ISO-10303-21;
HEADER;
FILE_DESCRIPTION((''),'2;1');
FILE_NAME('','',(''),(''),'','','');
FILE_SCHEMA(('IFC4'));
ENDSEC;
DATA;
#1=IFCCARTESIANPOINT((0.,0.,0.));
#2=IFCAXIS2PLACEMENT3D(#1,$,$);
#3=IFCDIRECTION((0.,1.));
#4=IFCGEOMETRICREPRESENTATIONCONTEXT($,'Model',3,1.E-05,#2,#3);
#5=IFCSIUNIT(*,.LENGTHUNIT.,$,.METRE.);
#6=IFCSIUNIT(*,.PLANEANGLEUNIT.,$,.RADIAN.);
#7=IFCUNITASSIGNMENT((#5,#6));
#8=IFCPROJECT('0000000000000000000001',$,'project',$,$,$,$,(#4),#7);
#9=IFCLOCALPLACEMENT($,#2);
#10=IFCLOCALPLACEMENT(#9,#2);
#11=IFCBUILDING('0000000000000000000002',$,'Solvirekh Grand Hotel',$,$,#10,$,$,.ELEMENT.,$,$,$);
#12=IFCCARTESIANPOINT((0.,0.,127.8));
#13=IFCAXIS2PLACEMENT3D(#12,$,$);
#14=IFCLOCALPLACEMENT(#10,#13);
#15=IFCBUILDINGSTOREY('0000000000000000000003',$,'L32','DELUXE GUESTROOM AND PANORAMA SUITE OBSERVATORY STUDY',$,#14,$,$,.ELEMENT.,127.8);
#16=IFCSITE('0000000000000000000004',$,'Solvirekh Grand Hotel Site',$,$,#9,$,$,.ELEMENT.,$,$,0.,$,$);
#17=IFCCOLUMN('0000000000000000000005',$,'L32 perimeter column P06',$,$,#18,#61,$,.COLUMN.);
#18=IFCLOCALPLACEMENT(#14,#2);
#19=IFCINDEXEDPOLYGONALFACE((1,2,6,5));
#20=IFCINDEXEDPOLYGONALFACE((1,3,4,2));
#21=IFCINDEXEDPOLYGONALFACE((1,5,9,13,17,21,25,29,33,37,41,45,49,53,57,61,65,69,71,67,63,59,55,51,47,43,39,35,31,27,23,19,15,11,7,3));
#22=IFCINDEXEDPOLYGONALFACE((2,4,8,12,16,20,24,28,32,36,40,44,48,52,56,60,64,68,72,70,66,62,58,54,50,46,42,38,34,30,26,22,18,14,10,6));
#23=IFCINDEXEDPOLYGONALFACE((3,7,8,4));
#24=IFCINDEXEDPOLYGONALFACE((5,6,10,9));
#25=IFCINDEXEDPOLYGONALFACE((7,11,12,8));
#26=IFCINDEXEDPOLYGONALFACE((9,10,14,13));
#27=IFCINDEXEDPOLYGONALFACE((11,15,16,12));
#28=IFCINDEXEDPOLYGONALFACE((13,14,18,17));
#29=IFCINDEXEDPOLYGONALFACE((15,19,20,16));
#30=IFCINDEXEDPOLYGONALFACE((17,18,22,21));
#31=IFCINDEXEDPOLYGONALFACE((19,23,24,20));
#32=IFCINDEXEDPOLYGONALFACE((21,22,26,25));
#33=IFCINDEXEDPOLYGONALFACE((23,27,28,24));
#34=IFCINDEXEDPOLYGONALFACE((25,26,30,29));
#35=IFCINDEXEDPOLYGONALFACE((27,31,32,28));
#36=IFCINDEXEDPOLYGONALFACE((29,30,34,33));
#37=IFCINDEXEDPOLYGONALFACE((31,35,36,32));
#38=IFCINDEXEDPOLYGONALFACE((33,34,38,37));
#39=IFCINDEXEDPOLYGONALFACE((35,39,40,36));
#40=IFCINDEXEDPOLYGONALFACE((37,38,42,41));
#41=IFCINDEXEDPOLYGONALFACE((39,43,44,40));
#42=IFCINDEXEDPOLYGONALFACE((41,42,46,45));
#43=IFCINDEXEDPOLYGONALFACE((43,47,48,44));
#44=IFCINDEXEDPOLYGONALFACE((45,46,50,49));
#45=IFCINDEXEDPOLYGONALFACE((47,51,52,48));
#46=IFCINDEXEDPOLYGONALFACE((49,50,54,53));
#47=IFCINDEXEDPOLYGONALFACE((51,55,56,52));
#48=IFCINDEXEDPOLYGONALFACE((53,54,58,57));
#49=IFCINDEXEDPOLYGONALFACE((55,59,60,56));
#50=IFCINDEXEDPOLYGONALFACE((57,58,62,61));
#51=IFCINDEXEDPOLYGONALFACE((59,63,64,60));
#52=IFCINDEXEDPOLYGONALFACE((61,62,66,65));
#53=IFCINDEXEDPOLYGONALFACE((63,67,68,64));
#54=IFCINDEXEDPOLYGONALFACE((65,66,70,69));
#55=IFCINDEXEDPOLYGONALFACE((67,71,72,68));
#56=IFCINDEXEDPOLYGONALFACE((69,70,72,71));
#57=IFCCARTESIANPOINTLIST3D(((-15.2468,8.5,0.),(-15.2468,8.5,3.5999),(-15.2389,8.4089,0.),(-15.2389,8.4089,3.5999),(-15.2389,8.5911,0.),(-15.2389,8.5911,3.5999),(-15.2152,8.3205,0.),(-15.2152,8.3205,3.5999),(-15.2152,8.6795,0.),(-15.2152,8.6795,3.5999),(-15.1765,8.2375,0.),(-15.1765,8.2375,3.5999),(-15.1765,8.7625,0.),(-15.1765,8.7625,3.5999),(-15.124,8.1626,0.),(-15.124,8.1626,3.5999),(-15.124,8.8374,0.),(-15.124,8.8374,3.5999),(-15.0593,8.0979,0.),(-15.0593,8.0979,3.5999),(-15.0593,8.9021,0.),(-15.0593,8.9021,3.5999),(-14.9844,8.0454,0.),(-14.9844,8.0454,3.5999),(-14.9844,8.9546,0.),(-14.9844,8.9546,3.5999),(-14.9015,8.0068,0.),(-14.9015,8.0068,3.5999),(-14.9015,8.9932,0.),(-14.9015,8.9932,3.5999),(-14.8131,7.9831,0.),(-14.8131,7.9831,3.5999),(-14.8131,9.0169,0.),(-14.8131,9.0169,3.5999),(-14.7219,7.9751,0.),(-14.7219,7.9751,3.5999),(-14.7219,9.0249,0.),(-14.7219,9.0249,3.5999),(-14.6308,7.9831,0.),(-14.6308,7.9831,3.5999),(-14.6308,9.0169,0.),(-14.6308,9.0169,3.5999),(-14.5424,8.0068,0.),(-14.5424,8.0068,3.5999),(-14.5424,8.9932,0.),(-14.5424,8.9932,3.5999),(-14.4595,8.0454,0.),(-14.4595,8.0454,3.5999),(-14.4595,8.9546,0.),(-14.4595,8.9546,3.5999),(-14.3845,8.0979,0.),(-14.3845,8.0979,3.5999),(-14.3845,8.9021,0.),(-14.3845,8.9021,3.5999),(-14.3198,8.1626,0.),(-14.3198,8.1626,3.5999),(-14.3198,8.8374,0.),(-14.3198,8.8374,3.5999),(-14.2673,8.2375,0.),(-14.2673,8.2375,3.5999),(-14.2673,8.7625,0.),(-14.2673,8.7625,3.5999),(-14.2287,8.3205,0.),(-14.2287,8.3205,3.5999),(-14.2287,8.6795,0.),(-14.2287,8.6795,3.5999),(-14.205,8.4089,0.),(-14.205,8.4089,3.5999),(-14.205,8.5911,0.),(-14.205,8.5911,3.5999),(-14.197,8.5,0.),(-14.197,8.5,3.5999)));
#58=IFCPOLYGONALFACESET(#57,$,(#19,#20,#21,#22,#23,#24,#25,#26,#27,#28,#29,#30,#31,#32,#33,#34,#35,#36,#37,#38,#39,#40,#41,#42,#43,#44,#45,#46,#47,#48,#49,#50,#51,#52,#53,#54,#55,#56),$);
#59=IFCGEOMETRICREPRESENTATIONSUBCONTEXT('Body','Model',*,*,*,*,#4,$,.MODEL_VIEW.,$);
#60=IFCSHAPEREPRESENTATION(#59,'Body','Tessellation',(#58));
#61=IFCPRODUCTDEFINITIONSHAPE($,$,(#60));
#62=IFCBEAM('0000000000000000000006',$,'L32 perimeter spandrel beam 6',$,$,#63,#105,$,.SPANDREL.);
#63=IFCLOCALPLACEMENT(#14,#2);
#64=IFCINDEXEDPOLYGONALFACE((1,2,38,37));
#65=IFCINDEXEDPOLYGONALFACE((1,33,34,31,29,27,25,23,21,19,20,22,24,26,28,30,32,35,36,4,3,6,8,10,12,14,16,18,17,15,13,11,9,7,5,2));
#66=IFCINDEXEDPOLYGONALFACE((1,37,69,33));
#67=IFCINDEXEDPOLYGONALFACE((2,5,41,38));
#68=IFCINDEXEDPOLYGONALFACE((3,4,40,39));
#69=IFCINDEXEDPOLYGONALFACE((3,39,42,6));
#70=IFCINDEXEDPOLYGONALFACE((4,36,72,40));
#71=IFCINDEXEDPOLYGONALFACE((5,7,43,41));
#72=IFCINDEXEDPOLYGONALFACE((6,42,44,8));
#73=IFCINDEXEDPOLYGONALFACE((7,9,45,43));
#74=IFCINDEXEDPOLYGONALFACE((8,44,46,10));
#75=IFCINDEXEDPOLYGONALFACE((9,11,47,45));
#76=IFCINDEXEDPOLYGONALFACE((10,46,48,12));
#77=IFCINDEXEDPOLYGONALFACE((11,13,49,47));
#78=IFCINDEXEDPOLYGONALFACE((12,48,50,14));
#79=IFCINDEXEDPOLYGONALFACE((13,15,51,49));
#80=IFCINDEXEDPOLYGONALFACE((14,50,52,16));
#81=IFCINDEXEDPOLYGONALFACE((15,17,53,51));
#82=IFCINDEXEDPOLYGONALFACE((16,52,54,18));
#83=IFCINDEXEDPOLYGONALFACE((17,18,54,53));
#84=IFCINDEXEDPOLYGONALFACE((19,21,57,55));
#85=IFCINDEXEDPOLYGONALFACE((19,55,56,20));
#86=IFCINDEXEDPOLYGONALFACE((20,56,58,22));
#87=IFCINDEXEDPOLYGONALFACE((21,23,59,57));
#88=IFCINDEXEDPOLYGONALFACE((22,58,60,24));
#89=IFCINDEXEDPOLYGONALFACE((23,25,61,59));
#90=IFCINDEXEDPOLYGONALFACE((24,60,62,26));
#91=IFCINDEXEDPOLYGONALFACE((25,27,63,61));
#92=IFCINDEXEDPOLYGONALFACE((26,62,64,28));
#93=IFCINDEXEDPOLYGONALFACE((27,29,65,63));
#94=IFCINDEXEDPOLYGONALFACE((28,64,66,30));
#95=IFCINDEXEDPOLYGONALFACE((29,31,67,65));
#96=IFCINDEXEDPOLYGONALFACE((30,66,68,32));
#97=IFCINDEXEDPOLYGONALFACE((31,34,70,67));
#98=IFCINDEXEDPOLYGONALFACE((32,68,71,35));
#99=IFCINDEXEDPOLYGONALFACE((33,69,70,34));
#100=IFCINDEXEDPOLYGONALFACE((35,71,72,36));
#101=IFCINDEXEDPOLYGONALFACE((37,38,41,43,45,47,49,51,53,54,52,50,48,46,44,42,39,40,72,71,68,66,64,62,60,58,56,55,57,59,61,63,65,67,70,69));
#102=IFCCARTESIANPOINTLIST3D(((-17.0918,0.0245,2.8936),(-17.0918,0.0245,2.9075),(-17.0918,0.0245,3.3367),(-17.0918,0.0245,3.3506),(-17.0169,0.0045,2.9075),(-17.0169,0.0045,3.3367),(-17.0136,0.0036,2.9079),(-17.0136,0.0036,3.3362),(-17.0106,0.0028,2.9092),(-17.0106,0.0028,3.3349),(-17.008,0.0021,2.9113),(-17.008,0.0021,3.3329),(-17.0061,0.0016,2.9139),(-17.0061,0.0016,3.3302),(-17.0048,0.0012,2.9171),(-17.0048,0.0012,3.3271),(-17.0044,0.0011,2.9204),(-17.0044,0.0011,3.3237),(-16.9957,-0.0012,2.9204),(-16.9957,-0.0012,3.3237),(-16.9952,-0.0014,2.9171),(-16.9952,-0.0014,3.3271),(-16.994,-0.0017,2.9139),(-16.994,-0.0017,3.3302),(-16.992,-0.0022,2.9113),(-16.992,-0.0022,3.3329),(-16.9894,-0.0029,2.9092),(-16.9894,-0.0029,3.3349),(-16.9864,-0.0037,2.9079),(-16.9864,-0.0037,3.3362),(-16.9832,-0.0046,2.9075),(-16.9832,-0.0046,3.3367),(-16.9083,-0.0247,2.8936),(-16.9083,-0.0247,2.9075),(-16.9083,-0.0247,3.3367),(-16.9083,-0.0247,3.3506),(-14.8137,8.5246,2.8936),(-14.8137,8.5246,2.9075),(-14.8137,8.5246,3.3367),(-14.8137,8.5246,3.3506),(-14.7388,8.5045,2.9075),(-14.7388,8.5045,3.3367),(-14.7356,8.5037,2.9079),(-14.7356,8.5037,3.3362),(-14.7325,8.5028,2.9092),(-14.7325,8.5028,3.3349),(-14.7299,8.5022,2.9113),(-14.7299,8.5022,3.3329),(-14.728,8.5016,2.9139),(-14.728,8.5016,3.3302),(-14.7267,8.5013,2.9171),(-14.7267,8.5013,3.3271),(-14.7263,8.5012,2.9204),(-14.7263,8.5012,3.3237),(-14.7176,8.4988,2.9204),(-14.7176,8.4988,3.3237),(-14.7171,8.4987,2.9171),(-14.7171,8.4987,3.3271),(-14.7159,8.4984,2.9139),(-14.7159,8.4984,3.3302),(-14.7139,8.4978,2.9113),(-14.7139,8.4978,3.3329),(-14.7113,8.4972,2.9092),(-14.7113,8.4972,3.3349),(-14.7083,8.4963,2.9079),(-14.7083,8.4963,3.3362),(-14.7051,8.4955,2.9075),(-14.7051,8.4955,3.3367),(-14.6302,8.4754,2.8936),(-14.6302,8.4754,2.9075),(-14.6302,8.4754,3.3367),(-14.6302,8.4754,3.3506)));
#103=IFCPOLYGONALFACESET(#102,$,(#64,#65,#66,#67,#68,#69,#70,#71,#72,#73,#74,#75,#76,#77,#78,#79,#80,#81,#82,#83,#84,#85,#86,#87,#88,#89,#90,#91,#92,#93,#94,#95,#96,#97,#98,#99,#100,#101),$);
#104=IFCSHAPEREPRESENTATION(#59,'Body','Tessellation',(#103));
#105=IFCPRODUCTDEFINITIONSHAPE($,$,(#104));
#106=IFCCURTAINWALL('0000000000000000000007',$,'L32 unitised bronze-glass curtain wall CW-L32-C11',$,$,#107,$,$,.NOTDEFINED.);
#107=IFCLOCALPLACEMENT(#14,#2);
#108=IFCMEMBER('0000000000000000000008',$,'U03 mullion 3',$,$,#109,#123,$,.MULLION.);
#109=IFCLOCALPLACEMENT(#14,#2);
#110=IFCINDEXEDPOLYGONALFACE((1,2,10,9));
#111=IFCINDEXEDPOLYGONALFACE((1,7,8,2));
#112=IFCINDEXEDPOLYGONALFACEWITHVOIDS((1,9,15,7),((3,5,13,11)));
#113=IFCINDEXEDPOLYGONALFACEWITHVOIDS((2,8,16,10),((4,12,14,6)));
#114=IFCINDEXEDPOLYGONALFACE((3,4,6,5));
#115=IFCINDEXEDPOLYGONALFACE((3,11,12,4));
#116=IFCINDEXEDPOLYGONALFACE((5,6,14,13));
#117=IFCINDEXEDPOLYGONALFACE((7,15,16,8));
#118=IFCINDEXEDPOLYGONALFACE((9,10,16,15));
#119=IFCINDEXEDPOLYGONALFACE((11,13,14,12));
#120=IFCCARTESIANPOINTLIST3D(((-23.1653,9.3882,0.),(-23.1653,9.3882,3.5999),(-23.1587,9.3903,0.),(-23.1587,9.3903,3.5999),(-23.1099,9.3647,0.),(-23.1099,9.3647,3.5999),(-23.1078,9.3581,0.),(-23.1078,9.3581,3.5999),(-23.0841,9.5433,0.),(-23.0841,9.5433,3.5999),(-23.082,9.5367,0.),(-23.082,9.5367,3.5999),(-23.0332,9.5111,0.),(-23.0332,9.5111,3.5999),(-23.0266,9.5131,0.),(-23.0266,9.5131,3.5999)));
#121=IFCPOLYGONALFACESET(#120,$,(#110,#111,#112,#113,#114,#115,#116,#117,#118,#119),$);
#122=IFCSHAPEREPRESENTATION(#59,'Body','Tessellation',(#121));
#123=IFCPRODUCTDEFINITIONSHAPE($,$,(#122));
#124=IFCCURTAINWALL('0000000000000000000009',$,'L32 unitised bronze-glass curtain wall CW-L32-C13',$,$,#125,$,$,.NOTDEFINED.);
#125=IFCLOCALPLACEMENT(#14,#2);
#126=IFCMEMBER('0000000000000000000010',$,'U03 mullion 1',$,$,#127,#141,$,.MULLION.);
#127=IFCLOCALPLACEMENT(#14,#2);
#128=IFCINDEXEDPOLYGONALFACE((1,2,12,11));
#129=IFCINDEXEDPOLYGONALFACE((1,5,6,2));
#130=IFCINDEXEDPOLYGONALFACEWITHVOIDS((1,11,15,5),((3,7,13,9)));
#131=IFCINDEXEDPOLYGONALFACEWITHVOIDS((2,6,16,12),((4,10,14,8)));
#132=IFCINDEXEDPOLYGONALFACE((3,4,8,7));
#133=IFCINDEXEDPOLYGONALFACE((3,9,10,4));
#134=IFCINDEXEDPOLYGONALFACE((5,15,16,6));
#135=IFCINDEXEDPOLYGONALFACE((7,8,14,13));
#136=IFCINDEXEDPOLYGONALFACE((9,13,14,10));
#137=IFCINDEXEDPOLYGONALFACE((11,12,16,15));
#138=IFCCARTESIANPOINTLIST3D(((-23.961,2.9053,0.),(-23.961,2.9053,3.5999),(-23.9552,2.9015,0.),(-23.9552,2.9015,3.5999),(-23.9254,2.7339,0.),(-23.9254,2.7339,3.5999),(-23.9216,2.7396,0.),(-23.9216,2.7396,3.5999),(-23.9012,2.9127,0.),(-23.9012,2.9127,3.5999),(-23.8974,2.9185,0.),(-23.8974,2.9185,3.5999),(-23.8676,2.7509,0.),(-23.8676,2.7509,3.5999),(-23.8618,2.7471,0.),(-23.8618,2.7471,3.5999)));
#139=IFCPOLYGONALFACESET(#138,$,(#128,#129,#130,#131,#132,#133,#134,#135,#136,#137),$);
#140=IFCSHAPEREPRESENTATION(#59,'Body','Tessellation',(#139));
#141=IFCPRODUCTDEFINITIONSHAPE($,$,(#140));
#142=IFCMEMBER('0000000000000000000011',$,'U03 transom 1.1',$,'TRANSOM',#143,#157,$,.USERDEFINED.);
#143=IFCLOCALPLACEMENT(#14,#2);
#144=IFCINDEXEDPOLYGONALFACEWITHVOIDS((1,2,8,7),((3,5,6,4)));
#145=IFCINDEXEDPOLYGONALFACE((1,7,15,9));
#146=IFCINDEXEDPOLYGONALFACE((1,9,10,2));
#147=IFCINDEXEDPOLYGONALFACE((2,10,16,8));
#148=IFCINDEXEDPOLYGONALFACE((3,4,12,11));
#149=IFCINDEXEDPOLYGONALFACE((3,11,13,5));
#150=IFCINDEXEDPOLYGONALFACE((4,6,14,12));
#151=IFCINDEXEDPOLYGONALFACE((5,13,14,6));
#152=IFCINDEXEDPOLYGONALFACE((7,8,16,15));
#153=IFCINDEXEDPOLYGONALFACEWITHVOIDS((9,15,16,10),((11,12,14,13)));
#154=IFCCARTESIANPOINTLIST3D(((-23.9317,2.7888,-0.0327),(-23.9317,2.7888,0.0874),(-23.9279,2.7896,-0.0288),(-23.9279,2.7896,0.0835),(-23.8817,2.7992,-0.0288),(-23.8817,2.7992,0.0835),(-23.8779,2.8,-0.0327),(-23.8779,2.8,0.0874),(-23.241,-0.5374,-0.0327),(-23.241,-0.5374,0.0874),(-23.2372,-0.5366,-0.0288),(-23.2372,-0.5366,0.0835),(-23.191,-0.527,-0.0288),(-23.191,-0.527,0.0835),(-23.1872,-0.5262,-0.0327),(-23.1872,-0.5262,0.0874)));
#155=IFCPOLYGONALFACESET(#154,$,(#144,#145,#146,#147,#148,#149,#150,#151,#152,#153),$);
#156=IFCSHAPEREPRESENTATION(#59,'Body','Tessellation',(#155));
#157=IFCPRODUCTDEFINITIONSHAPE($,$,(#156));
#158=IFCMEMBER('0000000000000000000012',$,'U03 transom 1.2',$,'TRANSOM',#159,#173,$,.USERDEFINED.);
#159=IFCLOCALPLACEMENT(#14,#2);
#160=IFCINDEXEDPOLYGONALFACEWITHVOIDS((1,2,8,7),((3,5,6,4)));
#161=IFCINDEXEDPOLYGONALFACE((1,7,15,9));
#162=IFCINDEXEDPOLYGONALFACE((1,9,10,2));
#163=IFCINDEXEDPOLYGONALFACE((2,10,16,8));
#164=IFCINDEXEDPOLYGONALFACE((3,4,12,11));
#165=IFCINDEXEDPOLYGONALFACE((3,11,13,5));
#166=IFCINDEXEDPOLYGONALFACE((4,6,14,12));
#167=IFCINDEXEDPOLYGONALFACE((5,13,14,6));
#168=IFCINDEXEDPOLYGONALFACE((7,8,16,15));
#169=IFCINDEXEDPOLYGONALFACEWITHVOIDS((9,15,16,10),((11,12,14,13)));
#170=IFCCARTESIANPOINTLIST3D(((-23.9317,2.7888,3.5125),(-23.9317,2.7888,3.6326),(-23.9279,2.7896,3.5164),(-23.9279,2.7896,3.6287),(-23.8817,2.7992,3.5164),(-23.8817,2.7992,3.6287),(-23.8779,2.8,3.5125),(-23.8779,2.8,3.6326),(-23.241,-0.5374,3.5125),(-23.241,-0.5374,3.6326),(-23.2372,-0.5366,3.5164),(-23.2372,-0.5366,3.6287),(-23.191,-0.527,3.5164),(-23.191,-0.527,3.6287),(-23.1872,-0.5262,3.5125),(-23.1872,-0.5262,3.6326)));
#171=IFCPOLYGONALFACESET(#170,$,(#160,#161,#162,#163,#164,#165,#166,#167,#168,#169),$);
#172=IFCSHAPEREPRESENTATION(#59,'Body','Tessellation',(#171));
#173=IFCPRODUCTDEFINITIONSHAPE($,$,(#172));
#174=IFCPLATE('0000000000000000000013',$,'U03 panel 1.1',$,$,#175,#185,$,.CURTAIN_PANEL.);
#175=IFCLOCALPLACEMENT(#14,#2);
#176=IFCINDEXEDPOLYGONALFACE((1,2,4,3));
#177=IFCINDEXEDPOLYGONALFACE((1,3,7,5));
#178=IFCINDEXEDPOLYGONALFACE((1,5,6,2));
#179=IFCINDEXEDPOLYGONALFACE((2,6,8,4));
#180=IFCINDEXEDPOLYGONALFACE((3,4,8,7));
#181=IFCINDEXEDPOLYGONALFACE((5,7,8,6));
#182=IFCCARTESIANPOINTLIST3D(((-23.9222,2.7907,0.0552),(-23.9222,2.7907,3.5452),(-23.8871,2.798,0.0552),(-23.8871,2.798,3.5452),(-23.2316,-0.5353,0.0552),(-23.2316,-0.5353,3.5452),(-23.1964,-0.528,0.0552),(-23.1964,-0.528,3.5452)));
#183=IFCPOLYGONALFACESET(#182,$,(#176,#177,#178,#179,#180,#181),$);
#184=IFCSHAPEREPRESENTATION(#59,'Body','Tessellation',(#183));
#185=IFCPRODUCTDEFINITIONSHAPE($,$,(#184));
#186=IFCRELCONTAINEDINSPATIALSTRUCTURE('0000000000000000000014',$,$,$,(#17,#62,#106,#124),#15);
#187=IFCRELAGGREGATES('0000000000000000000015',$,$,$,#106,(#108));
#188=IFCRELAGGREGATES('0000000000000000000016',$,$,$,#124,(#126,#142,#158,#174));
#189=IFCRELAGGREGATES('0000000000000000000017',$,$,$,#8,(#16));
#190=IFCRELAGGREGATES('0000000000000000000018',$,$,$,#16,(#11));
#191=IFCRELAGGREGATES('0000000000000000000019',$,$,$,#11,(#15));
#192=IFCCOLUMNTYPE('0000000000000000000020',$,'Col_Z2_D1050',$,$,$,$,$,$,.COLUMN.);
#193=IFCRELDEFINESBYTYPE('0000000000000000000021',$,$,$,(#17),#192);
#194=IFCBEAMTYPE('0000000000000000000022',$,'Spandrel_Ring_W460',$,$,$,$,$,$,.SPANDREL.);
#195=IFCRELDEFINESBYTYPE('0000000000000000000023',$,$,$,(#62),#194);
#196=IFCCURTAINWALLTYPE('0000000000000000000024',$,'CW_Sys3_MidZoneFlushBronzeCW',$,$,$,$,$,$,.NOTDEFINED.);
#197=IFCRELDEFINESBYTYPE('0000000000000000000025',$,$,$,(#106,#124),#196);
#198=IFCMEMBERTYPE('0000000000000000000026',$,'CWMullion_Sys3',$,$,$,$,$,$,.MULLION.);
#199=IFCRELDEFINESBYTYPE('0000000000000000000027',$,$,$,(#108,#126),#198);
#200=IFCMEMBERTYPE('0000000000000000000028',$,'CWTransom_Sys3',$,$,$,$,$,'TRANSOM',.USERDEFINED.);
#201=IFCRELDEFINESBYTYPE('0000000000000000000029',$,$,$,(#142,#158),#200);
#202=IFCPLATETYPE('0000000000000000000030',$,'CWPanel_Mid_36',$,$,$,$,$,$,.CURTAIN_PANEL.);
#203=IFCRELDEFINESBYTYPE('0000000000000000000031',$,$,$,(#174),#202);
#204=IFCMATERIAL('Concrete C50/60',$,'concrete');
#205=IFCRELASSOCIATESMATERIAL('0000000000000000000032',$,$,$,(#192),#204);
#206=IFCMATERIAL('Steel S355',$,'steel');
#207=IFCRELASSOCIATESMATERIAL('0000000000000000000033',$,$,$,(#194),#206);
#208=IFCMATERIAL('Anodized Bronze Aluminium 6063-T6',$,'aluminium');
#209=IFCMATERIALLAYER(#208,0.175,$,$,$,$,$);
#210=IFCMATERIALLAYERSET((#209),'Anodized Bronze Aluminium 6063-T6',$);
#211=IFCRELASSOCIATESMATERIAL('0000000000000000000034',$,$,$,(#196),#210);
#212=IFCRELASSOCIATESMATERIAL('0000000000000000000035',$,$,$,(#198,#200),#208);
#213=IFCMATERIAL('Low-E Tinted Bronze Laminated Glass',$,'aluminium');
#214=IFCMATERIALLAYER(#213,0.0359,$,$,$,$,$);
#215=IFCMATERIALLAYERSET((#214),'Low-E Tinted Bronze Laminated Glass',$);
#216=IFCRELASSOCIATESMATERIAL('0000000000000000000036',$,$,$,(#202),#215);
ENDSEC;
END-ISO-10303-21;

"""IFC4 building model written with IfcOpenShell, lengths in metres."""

from ifc_helpers import new_model, si_unit, direction, frame, origin, origin_2d, place, context, subcontext, project, spatial, rectangle, hollow_rectangle, circle, i_section, extrude, source, transform, mapped, material, layer, layer_set, material_profile, profile_set, type_object, element, aggregate, save


model = new_model("IFC4")

# Units and contexts
model_context = context("Model", 3, precision=1e-05, world=origin(), true_north=direction((0.0, 1.0)))
body_context = subcontext(model_context, "Body", "Model", "MODEL_VIEW")
ifc_project = project(units=[si_unit("LENGTHUNIT", "METRE"), si_unit("PLANEANGLEUNIT", "RADIAN")], contexts=[model_context])

# Site, building, storey
site_placement = place(None, origin())
site = spatial("IfcSite", under=ifc_project, at=site_placement, Name="Solvirekh Grand Hotel Site", CompositionType="ELEMENT", RefElevation=0.0)
building_placement = place(site_placement, origin())
building = spatial("IfcBuilding", under=site, at=building_placement, Name="Solvirekh Grand Hotel", CompositionType="ELEMENT")
storey_placement = place(building_placement, frame((0.0, 0.0, 127.8)))
storey = spatial("IfcBuildingStorey", under=building, at=storey_placement, Name="L32", Description="DELUXE GUESTROOM AND PANORAMA SUITE OBSERVATORY STUDY", CompositionType="ELEMENT", Elevation=127.8)

# Column
ifc_material_1 = material(Name="Concrete C50/60", Category="concrete")
ifc_material_profile_1 = material_profile(ifc_material_1, circle(Radius=0.5249, at=origin_2d()), Name="RC CIRC D1050")
ifc_profile_set_1 = profile_set([ifc_material_profile_1], Name="Concrete C50/60")
column_type = type_object("IfcColumnType", Name="Col_Z2_D1050", PredefinedType="COLUMN", material=ifc_profile_set_1)
column_placement = place(storey_placement, frame((-14.7219, 8.5, 0.0), z_axis=(0.0, 0.0, 1.0), x_axis=(1.0, 0.0, 0.0)))
element("IfcColumn", 1, at=column_placement, inside=storey, type_object=column_type, Name="L32 perimeter column P06", PredefinedType="COLUMN", context=body_context, shape_type="SweptSolid", body=[
    extrude(circle(Radius=0.5249, at=origin_2d()), origin(), (0.0, 0.0, 1.0), 3.5999),
])

# Beam
ifc_material_2 = material(Name="Steel S355", Category="steel")
ifc_material_profile_2 = material_profile(ifc_material_2, i_section(OverallWidth=0.1899, OverallDepth=0.457, WebThickness=0.009, FlangeThickness=0.0139, FilletRadius=0.0129, at=origin_2d()), Name="W460X74")
ifc_profile_set_2 = profile_set([ifc_material_profile_2], Name="Steel S355")
beam_type = type_object("IfcBeamType", Name="Spandrel_Ring_W460", PredefinedType="SPANDREL", material=ifc_profile_set_2)
beam_placement = place(storey_placement, frame((-14.7219, 8.5, 3.1221), z_axis=(-0.258873, -0.965911, 0.0), x_axis=(0.965911, -0.258873, 0.0)))
element("IfcBeam", 2, at=beam_placement, inside=storey, type_object=beam_type, Name="L32 perimeter spandrel beam 6", PredefinedType="SPANDREL", context=body_context, shape_type="SweptSolid", body=[
    extrude(i_section(OverallWidth=0.1899, OverallDepth=0.457, WebThickness=0.009, FlangeThickness=0.0139, FilletRadius=0.0129, at=origin_2d()), origin(), (0.0, 0.0, 1.0), 8.8),
])

# Curtain wall, member
ifc_material_3 = material(Name="Anodized Bronze Aluminium 6063-T6", Category="aluminium")
ifc_layer_1 = layer(ifc_material_3, 0.175)
ifc_layer_set_1 = layer_set([ifc_layer_1], Name="Anodized Bronze Aluminium 6063-T6")
curtain_wall_type = type_object("IfcCurtainWallType", Name="CW_Sys3_MidZoneFlushBronzeCW", PredefinedType="NOTDEFINED", material=ifc_layer_set_1)
curtain_wall_1_placement = place(storey_placement, origin())
curtain_wall_1 = element("IfcCurtainWall", 3, at=curtain_wall_1_placement, inside=storey, type_object=curtain_wall_type, Name="L32 unitised bronze-glass curtain wall CW-L32-C11", PredefinedType="NOTDEFINED")
ifc_material_profile_3 = material_profile(ifc_material_3, hollow_rectangle(XDim=0.0649, YDim=0.175, WallThickness=0.0049, at=origin_2d()), Name="ALU RHS 175X65X5")
ifc_profile_set_3 = profile_set([ifc_material_profile_3], Name="Anodized Bronze Aluminium 6063-T6")
member_type_1 = type_object("IfcMemberType", Name="CWMullion_Sys3", PredefinedType="MULLION", material=ifc_profile_set_3)
shared_shape_1 = source(origin(), body_context, "Body", "SweptSolid", [
    extrude(hollow_rectangle(XDim=0.0649, YDim=0.175, WallThickness=0.0049, at=origin_2d()), origin(), (0.0, 0.0, 1.0), 3.5999),
])
member_1_placement = place(storey_placement, frame((-23.0959, 9.4507, 0.0), z_axis=(0.0, 0.0, 1.0), x_axis=(0.885755, -0.464154, 0.0)))
member_1 = element("IfcMember", 4, at=member_1_placement, type_object=member_type_1, Name="U03 mullion 3", PredefinedType="MULLION", context=body_context, shape_type="MappedRepresentation", body=[
    mapped(shared_shape_1, transform((0.0, 0.0, 0.0), x_axis=(1.0, 0.0, 0.0), y_axis=(0.0, 1.0, 0.0), z_axis=(0.0, 0.0, 1.0), scale=1.0)),
])
aggregate(curtain_wall_1, [member_1])

# Curtain wall, members, plate
curtain_wall_2_placement = place(storey_placement, origin())
curtain_wall_2 = element("IfcCurtainWall", 5, at=curtain_wall_2_placement, inside=storey, type_object=curtain_wall_type, Name="L32 unitised bronze-glass curtain wall CW-L32-C13", PredefinedType="NOTDEFINED")
member_2_placement = place(storey_placement, frame((-23.9114, 2.8262, 0.0), z_axis=(0.0, 0.0, 1.0), x_axis=(0.979112, 0.20332, 0.0)))
member_2 = element("IfcMember", 6, at=member_2_placement, type_object=member_type_1, Name="U03 mullion 1", PredefinedType="MULLION", context=body_context, shape_type="MappedRepresentation", body=[
    mapped(shared_shape_1, transform((0.0, 0.0, 0.0), x_axis=(1.0, 0.0, 0.0), y_axis=(0.0, 1.0, 0.0), z_axis=(0.0, 0.0, 1.0), scale=1.0)),
])
ifc_material_profile_4 = material_profile(ifc_material_3, hollow_rectangle(XDim=0.0549, YDim=0.1201, WallThickness=0.0039, at=origin_2d()), Name="ALU RHS 120X55X4")
ifc_profile_set_4 = profile_set([ifc_material_profile_4], Name="Anodized Bronze Aluminium 6063-T6")
member_type_2 = type_object("IfcMemberType", Name="CWTransom_Sys3", ElementType="TRANSOM", PredefinedType="USERDEFINED", material=ifc_profile_set_4)
shared_shape_2 = source(origin(), body_context, "Body", "SweptSolid", [
    extrude(hollow_rectangle(XDim=0.0549, YDim=0.1201, WallThickness=0.0039, at=origin_2d()), origin(), (0.0, 0.0, 1.0), 3.3972),
])
member_3_placement = place(storey_placement, frame((-23.9048, 2.7944, 0.0273), z_axis=(0.203311, -0.979114, 0.0), x_axis=(0.979114, 0.203311, 0.0)))
member_3 = element("IfcMember", 7, at=member_3_placement, type_object=member_type_2, Name="U03 transom 1.1", ObjectType="TRANSOM", PredefinedType="USERDEFINED", context=body_context, shape_type="MappedRepresentation", body=[
    mapped(shared_shape_2, transform((0.0, 0.0, 0.0), x_axis=(1.0, 0.0, 0.0), y_axis=(0.0, 1.0, 0.0), z_axis=(0.0, 0.0, 1.0), scale=1.0)),
])
member_4_placement = place(storey_placement, frame((-23.9048, 2.7944, 3.5725), z_axis=(0.203311, -0.979114, 0.0), x_axis=(0.979114, 0.203311, 0.0)))
member_4 = element("IfcMember", 8, at=member_4_placement, type_object=member_type_2, Name="U03 transom 1.2", ObjectType="TRANSOM", PredefinedType="USERDEFINED", context=body_context, shape_type="MappedRepresentation", body=[
    mapped(shared_shape_2, transform((0.0, 0.0, 0.0), x_axis=(1.0, 0.0, 0.0), y_axis=(0.0, 1.0, 0.0), z_axis=(0.0, 0.0, 1.0), scale=1.0)),
])
ifc_material_4 = material(Name="Low-E Tinted Bronze Laminated Glass", Category="aluminium")
ifc_layer_2 = layer(ifc_material_4, 0.0359)
ifc_layer_set_2 = layer_set([ifc_layer_2], Name="Low-E Tinted Bronze Laminated Glass")
plate_type = type_object("IfcPlateType", Name="CWPanel_Mid_36", PredefinedType="CURTAIN_PANEL", material=ifc_layer_set_2)
shared_shape_3 = source(origin(), body_context, "Body", "SweptSolid", [
    extrude(rectangle(XDim=3.397, YDim=0.0359, at=origin_2d()), origin(), (0.0, 0.0, 1.0), 3.49),
])
plate_placement = place(storey_placement, frame((-23.5593, 1.1313, 0.0552), z_axis=(0.0, 0.0, 1.0), x_axis=(0.20332, -0.979112, 0.0)))
plate = element("IfcPlate", 9, at=plate_placement, type_object=plate_type, Name="U03 panel 1.1", PredefinedType="CURTAIN_PANEL", context=body_context, shape_type="MappedRepresentation", body=[
    mapped(shared_shape_3, transform((0.0, 0.0, 0.0), x_axis=(1.0, 0.0, 0.0), y_axis=(0.0, 1.0, 0.0), z_axis=(0.0, 0.0, 1.0), scale=1.0)),
])
aggregate(curtain_wall_2, [member_2, member_3, member_4, plate])

save(model, "model.ifc")
